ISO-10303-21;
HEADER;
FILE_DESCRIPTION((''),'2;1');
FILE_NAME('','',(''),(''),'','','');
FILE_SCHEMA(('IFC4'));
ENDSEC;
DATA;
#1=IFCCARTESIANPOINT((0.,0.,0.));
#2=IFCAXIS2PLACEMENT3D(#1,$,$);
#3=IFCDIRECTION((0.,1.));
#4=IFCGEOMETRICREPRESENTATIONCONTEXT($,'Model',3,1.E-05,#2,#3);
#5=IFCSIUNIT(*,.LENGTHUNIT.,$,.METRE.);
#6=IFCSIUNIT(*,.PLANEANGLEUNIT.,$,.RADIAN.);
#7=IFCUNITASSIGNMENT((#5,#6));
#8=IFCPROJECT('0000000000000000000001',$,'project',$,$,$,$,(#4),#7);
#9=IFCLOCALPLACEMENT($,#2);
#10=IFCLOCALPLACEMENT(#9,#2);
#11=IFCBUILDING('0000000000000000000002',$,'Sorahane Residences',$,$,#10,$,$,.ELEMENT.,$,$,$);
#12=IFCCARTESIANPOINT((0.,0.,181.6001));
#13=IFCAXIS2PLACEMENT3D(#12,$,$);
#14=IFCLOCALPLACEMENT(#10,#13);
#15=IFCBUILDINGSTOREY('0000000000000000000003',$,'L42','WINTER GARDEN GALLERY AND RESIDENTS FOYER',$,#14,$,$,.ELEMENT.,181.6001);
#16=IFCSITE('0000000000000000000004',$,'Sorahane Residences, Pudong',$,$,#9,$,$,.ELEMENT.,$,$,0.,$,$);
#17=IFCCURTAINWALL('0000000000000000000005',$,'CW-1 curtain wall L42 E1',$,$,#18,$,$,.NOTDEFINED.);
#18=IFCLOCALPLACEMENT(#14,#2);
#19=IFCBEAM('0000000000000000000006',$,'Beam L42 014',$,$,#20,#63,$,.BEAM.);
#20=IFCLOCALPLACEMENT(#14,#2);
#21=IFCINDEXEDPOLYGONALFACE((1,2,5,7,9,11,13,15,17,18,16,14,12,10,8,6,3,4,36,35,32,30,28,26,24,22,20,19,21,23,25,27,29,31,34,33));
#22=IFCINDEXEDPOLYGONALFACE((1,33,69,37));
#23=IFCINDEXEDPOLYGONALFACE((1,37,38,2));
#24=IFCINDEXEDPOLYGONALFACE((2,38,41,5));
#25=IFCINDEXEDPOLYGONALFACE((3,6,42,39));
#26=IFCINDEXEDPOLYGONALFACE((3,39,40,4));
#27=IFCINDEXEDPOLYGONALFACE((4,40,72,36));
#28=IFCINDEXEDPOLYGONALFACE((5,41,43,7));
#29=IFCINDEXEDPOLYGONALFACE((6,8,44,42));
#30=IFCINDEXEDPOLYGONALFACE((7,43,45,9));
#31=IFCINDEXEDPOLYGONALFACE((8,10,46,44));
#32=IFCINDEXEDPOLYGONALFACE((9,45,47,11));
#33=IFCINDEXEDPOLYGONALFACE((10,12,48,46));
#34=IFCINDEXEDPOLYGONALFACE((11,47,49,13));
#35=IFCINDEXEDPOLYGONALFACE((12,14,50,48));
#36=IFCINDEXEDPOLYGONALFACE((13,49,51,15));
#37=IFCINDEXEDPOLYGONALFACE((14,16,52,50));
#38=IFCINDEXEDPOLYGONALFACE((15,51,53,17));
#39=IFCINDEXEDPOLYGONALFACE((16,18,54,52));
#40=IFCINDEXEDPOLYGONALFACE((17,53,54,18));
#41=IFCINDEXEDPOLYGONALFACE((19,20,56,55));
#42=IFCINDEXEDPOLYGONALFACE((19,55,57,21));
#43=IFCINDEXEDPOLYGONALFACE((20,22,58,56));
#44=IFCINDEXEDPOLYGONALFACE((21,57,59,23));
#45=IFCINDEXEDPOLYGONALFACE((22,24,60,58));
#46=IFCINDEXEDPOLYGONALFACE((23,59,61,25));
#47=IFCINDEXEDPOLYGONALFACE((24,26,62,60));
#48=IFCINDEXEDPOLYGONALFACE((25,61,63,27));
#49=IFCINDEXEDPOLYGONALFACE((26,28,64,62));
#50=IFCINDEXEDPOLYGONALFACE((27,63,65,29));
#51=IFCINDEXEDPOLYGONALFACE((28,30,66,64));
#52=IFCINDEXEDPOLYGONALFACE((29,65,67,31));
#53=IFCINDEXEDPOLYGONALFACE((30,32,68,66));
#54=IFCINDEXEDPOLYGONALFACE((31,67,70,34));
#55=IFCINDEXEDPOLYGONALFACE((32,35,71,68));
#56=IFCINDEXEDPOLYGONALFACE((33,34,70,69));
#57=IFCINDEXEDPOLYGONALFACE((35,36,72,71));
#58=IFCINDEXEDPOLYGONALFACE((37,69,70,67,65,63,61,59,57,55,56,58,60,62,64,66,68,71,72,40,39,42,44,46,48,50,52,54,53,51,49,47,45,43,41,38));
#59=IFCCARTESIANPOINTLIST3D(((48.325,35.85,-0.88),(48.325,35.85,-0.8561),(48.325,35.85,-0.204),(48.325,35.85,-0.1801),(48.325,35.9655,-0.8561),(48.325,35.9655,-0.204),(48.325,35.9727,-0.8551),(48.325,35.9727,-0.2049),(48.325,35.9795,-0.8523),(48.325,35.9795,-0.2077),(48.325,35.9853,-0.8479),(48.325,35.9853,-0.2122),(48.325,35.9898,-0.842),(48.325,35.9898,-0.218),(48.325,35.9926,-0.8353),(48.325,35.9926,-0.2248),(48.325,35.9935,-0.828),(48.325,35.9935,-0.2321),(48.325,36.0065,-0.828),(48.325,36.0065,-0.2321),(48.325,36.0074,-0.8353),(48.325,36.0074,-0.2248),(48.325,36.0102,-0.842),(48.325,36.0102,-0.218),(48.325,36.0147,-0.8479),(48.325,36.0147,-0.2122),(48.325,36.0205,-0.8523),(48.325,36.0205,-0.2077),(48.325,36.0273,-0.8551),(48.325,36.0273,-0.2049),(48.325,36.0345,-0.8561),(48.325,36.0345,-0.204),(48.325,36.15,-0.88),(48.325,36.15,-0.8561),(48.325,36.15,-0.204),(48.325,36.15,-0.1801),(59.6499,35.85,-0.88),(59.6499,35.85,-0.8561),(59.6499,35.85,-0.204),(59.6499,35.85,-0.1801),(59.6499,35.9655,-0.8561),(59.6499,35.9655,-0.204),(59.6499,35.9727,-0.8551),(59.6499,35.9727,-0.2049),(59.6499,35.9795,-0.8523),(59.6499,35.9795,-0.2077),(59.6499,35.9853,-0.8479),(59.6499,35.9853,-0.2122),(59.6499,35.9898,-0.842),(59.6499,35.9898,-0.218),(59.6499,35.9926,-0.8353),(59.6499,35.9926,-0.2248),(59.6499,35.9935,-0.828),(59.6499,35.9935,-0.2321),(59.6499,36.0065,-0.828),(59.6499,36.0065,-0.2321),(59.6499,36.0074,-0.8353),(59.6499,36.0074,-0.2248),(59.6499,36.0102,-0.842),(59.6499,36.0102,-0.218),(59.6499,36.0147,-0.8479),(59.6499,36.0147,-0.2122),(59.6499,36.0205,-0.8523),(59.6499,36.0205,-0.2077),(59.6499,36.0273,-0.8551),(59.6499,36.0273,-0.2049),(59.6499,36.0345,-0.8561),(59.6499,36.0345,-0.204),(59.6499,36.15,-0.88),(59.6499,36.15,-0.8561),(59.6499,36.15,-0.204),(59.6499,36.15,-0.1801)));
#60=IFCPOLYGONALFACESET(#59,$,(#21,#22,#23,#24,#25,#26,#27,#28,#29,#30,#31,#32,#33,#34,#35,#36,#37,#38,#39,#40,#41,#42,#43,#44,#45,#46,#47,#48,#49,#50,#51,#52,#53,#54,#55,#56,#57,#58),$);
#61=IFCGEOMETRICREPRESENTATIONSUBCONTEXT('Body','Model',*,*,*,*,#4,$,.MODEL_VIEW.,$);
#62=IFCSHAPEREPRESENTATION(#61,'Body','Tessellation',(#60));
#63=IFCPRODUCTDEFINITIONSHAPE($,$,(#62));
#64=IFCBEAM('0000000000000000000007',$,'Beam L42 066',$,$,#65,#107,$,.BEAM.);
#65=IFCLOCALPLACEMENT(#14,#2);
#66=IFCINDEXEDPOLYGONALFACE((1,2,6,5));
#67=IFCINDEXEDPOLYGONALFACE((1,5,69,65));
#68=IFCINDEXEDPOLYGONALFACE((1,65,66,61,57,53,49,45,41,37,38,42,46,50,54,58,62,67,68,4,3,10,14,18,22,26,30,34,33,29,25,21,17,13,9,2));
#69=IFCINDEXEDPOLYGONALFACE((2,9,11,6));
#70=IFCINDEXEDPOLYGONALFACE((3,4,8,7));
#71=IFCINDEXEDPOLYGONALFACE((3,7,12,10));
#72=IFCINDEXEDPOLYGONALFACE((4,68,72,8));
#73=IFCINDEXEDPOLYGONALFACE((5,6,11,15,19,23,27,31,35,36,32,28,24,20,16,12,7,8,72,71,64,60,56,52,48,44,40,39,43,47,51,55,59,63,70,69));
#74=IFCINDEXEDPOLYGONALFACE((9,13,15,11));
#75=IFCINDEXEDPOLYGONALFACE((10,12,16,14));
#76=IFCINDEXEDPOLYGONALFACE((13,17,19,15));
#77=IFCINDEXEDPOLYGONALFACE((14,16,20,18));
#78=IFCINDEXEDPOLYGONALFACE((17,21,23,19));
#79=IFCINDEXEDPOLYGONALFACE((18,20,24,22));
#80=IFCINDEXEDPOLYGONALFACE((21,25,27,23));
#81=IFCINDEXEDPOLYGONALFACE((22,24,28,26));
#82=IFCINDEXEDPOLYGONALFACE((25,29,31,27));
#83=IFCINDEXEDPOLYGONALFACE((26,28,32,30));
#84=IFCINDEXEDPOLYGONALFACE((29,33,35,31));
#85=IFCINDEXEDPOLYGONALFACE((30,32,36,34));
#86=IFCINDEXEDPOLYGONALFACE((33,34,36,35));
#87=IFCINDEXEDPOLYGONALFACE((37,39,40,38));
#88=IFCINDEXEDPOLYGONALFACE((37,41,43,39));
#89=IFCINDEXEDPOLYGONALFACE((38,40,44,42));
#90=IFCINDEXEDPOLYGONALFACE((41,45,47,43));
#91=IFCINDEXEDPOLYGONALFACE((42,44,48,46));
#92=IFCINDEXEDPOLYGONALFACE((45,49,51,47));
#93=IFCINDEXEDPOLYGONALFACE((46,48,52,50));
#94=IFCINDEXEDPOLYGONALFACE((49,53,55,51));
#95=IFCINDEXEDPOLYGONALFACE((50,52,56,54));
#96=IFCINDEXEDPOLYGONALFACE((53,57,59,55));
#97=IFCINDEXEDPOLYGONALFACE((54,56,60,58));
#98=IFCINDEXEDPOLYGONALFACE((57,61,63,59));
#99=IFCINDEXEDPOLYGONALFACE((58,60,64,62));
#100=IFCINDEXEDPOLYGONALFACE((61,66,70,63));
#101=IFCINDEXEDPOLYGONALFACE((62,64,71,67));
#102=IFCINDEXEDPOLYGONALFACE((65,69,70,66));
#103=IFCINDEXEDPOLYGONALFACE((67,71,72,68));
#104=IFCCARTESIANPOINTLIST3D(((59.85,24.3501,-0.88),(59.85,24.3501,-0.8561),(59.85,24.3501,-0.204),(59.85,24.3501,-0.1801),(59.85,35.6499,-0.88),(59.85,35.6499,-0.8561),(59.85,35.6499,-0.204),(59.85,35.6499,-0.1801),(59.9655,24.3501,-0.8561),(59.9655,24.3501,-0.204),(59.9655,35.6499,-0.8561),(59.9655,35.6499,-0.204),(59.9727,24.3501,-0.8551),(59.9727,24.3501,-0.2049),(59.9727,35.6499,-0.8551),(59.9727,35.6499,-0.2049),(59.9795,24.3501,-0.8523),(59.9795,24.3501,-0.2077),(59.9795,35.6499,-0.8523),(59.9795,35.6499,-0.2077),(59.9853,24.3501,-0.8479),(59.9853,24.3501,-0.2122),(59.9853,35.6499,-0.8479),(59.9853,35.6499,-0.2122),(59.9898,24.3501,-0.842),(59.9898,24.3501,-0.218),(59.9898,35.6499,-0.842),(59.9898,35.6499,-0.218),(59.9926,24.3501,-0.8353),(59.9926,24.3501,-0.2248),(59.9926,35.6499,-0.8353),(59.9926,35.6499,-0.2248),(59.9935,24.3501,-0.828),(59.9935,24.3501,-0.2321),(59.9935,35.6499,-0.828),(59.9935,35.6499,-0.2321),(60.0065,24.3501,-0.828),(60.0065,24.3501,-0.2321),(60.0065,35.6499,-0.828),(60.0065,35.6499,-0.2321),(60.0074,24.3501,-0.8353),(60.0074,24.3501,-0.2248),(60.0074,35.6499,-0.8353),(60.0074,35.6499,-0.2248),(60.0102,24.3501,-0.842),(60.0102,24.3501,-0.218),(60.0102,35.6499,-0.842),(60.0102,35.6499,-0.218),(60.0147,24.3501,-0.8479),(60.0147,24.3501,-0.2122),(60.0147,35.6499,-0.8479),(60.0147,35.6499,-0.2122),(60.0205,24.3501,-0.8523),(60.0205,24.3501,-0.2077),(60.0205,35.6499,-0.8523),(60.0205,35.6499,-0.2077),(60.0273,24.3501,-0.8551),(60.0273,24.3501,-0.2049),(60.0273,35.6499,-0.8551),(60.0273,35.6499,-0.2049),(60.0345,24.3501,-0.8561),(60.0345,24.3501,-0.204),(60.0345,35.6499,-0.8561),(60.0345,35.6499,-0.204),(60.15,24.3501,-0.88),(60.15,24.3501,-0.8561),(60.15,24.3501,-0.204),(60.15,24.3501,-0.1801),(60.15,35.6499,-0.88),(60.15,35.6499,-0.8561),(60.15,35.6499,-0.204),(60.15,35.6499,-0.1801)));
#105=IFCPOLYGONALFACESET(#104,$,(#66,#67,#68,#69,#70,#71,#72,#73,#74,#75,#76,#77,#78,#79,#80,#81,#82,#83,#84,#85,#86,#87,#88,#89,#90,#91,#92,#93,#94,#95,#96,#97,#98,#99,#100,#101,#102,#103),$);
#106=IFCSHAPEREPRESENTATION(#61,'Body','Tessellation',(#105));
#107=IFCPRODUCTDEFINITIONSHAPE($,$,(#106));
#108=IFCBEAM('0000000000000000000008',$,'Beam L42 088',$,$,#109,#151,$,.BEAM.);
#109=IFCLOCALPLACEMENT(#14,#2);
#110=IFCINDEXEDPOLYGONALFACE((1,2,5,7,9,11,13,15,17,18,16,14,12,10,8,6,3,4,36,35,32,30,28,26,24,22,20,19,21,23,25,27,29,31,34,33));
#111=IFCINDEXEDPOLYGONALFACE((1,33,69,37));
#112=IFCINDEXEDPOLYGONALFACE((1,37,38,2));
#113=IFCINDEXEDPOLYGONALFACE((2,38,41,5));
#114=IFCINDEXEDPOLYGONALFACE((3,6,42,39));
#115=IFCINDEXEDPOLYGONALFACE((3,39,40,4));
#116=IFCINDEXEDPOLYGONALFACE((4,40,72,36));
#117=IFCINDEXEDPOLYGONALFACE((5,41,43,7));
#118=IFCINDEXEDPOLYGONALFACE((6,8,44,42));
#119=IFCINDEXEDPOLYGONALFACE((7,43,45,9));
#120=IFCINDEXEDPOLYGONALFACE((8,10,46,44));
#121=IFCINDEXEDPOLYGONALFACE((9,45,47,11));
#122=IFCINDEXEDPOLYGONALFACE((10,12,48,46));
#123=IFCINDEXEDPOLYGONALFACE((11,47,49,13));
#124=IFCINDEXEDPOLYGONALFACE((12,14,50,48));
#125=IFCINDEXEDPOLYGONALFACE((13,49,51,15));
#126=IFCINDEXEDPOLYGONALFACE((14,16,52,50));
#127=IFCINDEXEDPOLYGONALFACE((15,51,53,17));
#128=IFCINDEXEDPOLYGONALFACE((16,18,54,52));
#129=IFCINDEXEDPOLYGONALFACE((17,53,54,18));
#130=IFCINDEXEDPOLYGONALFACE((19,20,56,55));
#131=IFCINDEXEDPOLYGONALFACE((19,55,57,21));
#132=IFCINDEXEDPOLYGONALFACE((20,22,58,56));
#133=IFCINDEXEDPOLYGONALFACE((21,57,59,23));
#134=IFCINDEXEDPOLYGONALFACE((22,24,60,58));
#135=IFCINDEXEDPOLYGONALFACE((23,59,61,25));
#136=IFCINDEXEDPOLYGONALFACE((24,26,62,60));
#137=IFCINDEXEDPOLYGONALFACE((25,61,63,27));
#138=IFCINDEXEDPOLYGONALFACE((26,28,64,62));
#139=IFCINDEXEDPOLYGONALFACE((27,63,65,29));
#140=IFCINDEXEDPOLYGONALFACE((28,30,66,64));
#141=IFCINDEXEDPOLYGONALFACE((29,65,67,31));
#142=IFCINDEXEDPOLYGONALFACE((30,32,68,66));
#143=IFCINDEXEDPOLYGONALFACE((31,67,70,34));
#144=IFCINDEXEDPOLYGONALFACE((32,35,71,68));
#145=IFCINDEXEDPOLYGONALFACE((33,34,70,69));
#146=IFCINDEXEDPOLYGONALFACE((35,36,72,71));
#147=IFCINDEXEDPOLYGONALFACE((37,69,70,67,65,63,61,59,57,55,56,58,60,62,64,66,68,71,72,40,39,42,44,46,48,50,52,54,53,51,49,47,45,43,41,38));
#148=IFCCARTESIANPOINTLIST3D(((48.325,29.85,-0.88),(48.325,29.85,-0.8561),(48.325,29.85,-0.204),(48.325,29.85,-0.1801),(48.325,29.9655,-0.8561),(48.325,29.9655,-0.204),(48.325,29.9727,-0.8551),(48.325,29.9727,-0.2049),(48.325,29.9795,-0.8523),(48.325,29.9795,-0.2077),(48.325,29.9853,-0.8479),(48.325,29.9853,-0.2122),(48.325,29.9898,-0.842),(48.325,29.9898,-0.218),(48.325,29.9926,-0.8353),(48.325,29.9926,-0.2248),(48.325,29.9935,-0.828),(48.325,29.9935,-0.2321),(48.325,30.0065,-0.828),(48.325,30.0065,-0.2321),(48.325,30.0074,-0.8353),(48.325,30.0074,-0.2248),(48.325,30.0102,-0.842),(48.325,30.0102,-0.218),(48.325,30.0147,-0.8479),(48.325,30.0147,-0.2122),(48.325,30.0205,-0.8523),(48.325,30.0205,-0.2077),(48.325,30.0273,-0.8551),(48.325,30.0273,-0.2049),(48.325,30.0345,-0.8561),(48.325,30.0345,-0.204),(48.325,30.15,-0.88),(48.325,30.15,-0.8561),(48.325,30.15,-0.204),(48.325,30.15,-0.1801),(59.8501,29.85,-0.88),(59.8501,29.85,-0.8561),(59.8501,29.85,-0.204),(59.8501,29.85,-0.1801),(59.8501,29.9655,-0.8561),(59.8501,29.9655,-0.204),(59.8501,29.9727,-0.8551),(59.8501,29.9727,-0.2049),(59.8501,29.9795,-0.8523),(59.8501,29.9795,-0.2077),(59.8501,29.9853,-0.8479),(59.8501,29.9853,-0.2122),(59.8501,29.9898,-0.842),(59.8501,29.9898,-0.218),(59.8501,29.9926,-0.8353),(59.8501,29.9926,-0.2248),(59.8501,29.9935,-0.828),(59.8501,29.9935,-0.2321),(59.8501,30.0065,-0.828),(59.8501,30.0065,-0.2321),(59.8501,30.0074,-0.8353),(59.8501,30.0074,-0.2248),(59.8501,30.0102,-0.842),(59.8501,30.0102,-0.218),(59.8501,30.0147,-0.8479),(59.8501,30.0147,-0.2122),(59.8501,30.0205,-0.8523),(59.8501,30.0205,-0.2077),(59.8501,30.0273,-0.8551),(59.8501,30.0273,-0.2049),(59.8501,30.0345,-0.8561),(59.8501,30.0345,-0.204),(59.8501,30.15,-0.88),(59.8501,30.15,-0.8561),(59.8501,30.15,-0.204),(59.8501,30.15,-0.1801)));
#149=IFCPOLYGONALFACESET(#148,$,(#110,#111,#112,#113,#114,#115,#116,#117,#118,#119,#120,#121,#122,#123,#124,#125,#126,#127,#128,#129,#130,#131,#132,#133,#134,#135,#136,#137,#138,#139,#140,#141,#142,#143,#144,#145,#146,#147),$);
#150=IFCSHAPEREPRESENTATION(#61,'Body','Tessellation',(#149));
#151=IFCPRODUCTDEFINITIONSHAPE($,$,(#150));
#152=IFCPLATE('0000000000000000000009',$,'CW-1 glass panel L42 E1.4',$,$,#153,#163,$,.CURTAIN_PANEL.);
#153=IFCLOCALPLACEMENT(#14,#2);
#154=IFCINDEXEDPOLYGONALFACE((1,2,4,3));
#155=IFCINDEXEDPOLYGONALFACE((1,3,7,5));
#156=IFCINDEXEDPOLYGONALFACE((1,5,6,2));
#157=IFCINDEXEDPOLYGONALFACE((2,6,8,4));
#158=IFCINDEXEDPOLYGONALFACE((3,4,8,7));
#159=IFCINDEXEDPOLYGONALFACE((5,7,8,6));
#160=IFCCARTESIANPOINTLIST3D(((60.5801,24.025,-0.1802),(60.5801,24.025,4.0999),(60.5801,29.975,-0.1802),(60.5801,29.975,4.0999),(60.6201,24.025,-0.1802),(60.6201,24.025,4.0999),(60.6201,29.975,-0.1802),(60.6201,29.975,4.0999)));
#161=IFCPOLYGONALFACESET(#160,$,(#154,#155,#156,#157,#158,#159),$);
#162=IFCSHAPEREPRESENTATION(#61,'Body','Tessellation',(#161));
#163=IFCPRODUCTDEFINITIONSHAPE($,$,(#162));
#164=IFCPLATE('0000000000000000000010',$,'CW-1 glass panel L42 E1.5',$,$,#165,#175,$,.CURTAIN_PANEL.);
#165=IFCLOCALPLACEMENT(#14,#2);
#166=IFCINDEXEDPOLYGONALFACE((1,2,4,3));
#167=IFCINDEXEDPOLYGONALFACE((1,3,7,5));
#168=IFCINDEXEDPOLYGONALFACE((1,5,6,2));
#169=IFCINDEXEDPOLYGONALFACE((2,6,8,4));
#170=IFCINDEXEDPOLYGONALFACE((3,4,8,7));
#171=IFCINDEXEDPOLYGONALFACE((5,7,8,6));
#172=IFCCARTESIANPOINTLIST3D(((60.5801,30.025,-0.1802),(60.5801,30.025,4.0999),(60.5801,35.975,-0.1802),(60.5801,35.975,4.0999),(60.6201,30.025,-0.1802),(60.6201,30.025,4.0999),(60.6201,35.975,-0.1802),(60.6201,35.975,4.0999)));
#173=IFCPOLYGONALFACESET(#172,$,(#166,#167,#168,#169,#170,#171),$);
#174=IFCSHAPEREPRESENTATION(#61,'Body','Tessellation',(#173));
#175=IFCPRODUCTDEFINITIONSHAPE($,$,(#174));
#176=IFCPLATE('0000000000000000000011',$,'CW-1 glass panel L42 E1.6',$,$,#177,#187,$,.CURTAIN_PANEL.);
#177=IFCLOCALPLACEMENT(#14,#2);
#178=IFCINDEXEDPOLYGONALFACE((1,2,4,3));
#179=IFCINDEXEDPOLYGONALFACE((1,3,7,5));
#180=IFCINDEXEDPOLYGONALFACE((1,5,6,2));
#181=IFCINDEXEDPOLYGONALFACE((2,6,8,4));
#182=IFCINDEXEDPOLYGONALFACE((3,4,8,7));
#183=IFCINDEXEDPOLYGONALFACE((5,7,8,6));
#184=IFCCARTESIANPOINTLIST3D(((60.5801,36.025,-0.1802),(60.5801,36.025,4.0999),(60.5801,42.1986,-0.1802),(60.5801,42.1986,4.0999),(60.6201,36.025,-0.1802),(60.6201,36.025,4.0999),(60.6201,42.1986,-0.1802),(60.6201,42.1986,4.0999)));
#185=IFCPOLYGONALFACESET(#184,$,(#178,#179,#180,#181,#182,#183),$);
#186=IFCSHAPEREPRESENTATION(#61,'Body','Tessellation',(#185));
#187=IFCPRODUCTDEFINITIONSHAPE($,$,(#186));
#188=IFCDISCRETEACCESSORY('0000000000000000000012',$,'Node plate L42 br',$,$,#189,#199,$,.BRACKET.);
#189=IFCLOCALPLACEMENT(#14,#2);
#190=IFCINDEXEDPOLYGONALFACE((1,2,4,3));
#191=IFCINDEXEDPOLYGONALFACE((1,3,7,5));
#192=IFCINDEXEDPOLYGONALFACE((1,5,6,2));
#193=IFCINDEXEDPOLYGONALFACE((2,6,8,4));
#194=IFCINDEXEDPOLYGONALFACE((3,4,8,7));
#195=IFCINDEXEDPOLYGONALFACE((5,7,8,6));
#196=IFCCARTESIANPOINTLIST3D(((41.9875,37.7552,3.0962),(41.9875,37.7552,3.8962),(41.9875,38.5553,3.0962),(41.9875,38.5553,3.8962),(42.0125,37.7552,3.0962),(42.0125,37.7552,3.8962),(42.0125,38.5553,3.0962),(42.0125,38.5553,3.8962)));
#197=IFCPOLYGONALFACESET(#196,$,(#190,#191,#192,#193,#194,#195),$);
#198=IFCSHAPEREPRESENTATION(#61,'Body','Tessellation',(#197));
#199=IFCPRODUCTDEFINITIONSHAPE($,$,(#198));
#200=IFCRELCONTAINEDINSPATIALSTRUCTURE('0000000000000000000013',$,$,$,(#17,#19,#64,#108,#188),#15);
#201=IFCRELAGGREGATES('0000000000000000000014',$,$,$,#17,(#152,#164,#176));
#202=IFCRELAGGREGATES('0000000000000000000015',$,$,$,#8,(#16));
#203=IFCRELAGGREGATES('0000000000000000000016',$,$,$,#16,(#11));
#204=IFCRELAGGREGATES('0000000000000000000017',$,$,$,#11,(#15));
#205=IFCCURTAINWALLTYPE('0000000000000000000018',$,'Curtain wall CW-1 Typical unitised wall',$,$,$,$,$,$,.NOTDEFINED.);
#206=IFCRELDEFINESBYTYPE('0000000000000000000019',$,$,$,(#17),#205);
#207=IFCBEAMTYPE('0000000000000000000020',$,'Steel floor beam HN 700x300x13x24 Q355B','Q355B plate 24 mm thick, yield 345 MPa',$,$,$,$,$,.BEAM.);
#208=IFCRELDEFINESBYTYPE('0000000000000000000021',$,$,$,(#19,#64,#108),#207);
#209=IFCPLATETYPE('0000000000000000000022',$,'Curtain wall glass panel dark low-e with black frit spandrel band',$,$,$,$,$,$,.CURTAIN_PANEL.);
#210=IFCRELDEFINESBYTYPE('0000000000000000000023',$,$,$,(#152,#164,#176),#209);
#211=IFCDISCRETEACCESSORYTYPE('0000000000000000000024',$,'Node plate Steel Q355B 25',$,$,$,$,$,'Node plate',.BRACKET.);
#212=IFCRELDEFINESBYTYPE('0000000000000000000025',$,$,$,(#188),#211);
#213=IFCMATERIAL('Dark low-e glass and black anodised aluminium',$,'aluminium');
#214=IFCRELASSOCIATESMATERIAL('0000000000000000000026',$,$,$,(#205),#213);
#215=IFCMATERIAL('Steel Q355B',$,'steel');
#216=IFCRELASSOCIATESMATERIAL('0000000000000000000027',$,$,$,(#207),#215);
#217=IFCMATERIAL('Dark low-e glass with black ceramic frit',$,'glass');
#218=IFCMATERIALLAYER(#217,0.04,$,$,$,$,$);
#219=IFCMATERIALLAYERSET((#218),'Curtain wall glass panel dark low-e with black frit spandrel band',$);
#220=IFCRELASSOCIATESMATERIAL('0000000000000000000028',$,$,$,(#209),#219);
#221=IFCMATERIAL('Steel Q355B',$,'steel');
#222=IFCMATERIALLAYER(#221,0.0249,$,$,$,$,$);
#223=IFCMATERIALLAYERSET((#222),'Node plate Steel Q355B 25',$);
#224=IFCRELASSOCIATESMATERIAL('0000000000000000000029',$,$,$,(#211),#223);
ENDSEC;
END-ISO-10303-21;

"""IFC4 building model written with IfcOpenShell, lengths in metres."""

from ifc_helpers import new_model, si_unit, direction, frame, origin, origin_2d, place, context, subcontext, project, spatial, rectangle, i_section, extrude, material, layer, layer_set, material_profile, profile_set, type_object, element, aggregate, save


model = new_model("IFC4")

# Units and contexts
model_context = context("Model", 3, precision=1e-05, world=origin(), true_north=direction((0.0, 1.0)))
body_context = subcontext(model_context, "Body", "Model", "MODEL_VIEW")
ifc_project = project(units=[si_unit("LENGTHUNIT", "METRE"), si_unit("PLANEANGLEUNIT", "RADIAN")], contexts=[model_context])

# Site, building, storey
site_placement = place(None, origin())
site = spatial("IfcSite", under=ifc_project, at=site_placement, Name="Sorahane Residences, Pudong", CompositionType="ELEMENT", RefElevation=0.0)
building_placement = place(site_placement, origin())
building = spatial("IfcBuilding", under=site, at=building_placement, Name="Sorahane Residences", CompositionType="ELEMENT")
storey_placement = place(building_placement, frame((0.0, 0.0, 181.6001)))
storey = spatial("IfcBuildingStorey", under=building, at=storey_placement, Name="L42", Description="WINTER GARDEN GALLERY AND RESIDENTS FOYER", CompositionType="ELEMENT", Elevation=181.6001)

# Curtain wall
ifc_material_1 = material(Name="Dark low-e glass and black anodised aluminium", Category="aluminium")
curtain_wall_type = type_object("IfcCurtainWallType", Name="Curtain wall CW-1 Typical unitised wall", PredefinedType="NOTDEFINED", material=ifc_material_1)
curtain_wall_placement = place(storey_placement, origin())
curtain_wall = element("IfcCurtainWall", 1, at=curtain_wall_placement, inside=storey, type_object=curtain_wall_type, Name="CW-1 curtain wall L42 E1", PredefinedType="NOTDEFINED")

# Beams
ifc_material_2 = material(Name="Steel Q355B", Category="steel")
ifc_material_profile_1 = material_profile(ifc_material_2, i_section(OverallWidth=0.3, OverallDepth=0.7, WebThickness=0.0129, FlangeThickness=0.0239, FilletRadius=0.0281, at=origin_2d()), Name="HN 700x300x13x24")
ifc_profile_set_1 = profile_set([ifc_material_profile_1], Name="Steel Q355B")
beam_type_1 = type_object("IfcBeamType", Name="Steel floor beam HN 700x300x13x24 Q355B", Description="Q355B plate 24 mm thick, yield 345 MPa", PredefinedType="BEAM", material=ifc_profile_set_1)
for number, where, z_axis, x_axis, name in (
    (2, (48.325, 36.0, -0.53), (1.0, 0.0, 0.0), (0.0, 1.0, 0.0), "Beam L42 014"),
):
    element("IfcBeam", number, at=place(storey_placement, frame(where, z_axis=z_axis, x_axis=x_axis)), inside=storey, type_object=beam_type_1, Name=name, PredefinedType="BEAM", context=body_context, shape_type="SweptSolid", body=[
        extrude(i_section(OverallWidth=0.3, OverallDepth=0.7, WebThickness=0.0129, FlangeThickness=0.0239, FilletRadius=0.0281, at=origin_2d()), origin(), (0.0, 0.0, 1.0), 11.325),
    ])
beam_1_placement = place(storey_placement, frame((60.0, 24.3501, -0.53), z_axis=(0.0, 1.0, 0.0), x_axis=(-1.0, 0.0, 0.0)))
element("IfcBeam", 3, at=beam_1_placement, inside=storey, type_object=beam_type_1, Name="Beam L42 066", PredefinedType="BEAM", context=body_context, shape_type="SweptSolid", body=[
    extrude(i_section(OverallWidth=0.3, OverallDepth=0.7, WebThickness=0.0129, FlangeThickness=0.0239, FilletRadius=0.0281, at=origin_2d()), origin(), (0.0, 0.0, 1.0), 11.2998),
])
beam_2_placement = place(storey_placement, frame((48.325, 30.0, -0.53), z_axis=(1.0, 0.0, 0.0), x_axis=(0.0, 1.0, 0.0)))
element("IfcBeam", 4, at=beam_2_placement, inside=storey, type_object=beam_type_1, Name="Beam L42 088", PredefinedType="BEAM", context=body_context, shape_type="SweptSolid", body=[
    extrude(i_section(OverallWidth=0.3, OverallDepth=0.7, WebThickness=0.0129, FlangeThickness=0.0239, FilletRadius=0.0281, at=origin_2d()), origin(), (0.0, 0.0, 1.0), 11.5251),
])

# Plates
ifc_material_3 = material(Name="Dark low-e glass with black ceramic frit", Category="glass")
ifc_layer_1 = layer(ifc_material_3, 0.04)
ifc_layer_set_1 = layer_set([ifc_layer_1], Name="Curtain wall glass panel dark low-e with black frit spandrel band")
plate_type = type_object("IfcPlateType", Name="Curtain wall glass panel dark low-e with black frit spandrel band", PredefinedType="CURTAIN_PANEL", material=ifc_layer_set_1)
plate_1_placement = place(storey_placement, frame((60.6001, 27.0, -0.1802), z_axis=(0.0, 0.0, 1.0), x_axis=(0.0, 1.0, 0.0)))
plate_1 = element("IfcPlate", 5, at=plate_1_placement, type_object=plate_type, Name="CW-1 glass panel L42 E1.4", PredefinedType="CURTAIN_PANEL", context=body_context, shape_type="SweptSolid", body=[
    extrude(rectangle(XDim=5.95, YDim=0.04, at=origin_2d()), origin(), (0.0, 0.0, 1.0), 4.28),
])
plate_2_placement = place(storey_placement, frame((60.6001, 33.0, -0.1802), z_axis=(0.0, 0.0, 1.0), x_axis=(0.0, 1.0, 0.0)))
plate_2 = element("IfcPlate", 6, at=plate_2_placement, type_object=plate_type, Name="CW-1 glass panel L42 E1.5", PredefinedType="CURTAIN_PANEL", context=body_context, shape_type="SweptSolid", body=[
    extrude(rectangle(XDim=5.95, YDim=0.04, at=origin_2d()), origin(), (0.0, 0.0, 1.0), 4.28),
])
plate_3_placement = place(storey_placement, frame((60.6001, 39.1118, -0.1802), z_axis=(0.0, 0.0, 1.0), x_axis=(0.0, 1.0, 0.0)))
plate_3 = element("IfcPlate", 7, at=plate_3_placement, type_object=plate_type, Name="CW-1 glass panel L42 E1.6", PredefinedType="CURTAIN_PANEL", context=body_context, shape_type="SweptSolid", body=[
    extrude(rectangle(XDim=6.1736, YDim=0.04, at=origin_2d()), origin(), (0.0, 0.0, 1.0), 4.28),
])
aggregate(curtain_wall, [plate_1, plate_2, plate_3])

# Discrete accessory
ifc_material_4 = material(Name="Steel Q355B", Category="steel")
ifc_layer_2 = layer(ifc_material_4, 0.0249)
ifc_layer_set_2 = layer_set([ifc_layer_2], Name="Node plate Steel Q355B 25")
discrete_accessory_type = type_object("IfcDiscreteAccessoryType", Name="Node plate Steel Q355B 25", ElementType="Node plate", PredefinedType="BRACKET", material=ifc_layer_set_2)
discrete_accessory_placement = place(storey_placement, frame((42.0, 38.1553, 3.0962), z_axis=(0.0, 0.0, 1.0), x_axis=(0.0, 1.0, 0.0)))
element("IfcDiscreteAccessory", 8, at=discrete_accessory_placement, inside=storey, type_object=discrete_accessory_type, Name="Node plate L42 br", PredefinedType="BRACKET", context=body_context, shape_type="SweptSolid", body=[
    extrude(rectangle(XDim=0.8, YDim=0.0249, at=origin_2d()), origin(), (0.0, 0.0, 1.0), 0.8),
])

save(model, "model.ifc")
